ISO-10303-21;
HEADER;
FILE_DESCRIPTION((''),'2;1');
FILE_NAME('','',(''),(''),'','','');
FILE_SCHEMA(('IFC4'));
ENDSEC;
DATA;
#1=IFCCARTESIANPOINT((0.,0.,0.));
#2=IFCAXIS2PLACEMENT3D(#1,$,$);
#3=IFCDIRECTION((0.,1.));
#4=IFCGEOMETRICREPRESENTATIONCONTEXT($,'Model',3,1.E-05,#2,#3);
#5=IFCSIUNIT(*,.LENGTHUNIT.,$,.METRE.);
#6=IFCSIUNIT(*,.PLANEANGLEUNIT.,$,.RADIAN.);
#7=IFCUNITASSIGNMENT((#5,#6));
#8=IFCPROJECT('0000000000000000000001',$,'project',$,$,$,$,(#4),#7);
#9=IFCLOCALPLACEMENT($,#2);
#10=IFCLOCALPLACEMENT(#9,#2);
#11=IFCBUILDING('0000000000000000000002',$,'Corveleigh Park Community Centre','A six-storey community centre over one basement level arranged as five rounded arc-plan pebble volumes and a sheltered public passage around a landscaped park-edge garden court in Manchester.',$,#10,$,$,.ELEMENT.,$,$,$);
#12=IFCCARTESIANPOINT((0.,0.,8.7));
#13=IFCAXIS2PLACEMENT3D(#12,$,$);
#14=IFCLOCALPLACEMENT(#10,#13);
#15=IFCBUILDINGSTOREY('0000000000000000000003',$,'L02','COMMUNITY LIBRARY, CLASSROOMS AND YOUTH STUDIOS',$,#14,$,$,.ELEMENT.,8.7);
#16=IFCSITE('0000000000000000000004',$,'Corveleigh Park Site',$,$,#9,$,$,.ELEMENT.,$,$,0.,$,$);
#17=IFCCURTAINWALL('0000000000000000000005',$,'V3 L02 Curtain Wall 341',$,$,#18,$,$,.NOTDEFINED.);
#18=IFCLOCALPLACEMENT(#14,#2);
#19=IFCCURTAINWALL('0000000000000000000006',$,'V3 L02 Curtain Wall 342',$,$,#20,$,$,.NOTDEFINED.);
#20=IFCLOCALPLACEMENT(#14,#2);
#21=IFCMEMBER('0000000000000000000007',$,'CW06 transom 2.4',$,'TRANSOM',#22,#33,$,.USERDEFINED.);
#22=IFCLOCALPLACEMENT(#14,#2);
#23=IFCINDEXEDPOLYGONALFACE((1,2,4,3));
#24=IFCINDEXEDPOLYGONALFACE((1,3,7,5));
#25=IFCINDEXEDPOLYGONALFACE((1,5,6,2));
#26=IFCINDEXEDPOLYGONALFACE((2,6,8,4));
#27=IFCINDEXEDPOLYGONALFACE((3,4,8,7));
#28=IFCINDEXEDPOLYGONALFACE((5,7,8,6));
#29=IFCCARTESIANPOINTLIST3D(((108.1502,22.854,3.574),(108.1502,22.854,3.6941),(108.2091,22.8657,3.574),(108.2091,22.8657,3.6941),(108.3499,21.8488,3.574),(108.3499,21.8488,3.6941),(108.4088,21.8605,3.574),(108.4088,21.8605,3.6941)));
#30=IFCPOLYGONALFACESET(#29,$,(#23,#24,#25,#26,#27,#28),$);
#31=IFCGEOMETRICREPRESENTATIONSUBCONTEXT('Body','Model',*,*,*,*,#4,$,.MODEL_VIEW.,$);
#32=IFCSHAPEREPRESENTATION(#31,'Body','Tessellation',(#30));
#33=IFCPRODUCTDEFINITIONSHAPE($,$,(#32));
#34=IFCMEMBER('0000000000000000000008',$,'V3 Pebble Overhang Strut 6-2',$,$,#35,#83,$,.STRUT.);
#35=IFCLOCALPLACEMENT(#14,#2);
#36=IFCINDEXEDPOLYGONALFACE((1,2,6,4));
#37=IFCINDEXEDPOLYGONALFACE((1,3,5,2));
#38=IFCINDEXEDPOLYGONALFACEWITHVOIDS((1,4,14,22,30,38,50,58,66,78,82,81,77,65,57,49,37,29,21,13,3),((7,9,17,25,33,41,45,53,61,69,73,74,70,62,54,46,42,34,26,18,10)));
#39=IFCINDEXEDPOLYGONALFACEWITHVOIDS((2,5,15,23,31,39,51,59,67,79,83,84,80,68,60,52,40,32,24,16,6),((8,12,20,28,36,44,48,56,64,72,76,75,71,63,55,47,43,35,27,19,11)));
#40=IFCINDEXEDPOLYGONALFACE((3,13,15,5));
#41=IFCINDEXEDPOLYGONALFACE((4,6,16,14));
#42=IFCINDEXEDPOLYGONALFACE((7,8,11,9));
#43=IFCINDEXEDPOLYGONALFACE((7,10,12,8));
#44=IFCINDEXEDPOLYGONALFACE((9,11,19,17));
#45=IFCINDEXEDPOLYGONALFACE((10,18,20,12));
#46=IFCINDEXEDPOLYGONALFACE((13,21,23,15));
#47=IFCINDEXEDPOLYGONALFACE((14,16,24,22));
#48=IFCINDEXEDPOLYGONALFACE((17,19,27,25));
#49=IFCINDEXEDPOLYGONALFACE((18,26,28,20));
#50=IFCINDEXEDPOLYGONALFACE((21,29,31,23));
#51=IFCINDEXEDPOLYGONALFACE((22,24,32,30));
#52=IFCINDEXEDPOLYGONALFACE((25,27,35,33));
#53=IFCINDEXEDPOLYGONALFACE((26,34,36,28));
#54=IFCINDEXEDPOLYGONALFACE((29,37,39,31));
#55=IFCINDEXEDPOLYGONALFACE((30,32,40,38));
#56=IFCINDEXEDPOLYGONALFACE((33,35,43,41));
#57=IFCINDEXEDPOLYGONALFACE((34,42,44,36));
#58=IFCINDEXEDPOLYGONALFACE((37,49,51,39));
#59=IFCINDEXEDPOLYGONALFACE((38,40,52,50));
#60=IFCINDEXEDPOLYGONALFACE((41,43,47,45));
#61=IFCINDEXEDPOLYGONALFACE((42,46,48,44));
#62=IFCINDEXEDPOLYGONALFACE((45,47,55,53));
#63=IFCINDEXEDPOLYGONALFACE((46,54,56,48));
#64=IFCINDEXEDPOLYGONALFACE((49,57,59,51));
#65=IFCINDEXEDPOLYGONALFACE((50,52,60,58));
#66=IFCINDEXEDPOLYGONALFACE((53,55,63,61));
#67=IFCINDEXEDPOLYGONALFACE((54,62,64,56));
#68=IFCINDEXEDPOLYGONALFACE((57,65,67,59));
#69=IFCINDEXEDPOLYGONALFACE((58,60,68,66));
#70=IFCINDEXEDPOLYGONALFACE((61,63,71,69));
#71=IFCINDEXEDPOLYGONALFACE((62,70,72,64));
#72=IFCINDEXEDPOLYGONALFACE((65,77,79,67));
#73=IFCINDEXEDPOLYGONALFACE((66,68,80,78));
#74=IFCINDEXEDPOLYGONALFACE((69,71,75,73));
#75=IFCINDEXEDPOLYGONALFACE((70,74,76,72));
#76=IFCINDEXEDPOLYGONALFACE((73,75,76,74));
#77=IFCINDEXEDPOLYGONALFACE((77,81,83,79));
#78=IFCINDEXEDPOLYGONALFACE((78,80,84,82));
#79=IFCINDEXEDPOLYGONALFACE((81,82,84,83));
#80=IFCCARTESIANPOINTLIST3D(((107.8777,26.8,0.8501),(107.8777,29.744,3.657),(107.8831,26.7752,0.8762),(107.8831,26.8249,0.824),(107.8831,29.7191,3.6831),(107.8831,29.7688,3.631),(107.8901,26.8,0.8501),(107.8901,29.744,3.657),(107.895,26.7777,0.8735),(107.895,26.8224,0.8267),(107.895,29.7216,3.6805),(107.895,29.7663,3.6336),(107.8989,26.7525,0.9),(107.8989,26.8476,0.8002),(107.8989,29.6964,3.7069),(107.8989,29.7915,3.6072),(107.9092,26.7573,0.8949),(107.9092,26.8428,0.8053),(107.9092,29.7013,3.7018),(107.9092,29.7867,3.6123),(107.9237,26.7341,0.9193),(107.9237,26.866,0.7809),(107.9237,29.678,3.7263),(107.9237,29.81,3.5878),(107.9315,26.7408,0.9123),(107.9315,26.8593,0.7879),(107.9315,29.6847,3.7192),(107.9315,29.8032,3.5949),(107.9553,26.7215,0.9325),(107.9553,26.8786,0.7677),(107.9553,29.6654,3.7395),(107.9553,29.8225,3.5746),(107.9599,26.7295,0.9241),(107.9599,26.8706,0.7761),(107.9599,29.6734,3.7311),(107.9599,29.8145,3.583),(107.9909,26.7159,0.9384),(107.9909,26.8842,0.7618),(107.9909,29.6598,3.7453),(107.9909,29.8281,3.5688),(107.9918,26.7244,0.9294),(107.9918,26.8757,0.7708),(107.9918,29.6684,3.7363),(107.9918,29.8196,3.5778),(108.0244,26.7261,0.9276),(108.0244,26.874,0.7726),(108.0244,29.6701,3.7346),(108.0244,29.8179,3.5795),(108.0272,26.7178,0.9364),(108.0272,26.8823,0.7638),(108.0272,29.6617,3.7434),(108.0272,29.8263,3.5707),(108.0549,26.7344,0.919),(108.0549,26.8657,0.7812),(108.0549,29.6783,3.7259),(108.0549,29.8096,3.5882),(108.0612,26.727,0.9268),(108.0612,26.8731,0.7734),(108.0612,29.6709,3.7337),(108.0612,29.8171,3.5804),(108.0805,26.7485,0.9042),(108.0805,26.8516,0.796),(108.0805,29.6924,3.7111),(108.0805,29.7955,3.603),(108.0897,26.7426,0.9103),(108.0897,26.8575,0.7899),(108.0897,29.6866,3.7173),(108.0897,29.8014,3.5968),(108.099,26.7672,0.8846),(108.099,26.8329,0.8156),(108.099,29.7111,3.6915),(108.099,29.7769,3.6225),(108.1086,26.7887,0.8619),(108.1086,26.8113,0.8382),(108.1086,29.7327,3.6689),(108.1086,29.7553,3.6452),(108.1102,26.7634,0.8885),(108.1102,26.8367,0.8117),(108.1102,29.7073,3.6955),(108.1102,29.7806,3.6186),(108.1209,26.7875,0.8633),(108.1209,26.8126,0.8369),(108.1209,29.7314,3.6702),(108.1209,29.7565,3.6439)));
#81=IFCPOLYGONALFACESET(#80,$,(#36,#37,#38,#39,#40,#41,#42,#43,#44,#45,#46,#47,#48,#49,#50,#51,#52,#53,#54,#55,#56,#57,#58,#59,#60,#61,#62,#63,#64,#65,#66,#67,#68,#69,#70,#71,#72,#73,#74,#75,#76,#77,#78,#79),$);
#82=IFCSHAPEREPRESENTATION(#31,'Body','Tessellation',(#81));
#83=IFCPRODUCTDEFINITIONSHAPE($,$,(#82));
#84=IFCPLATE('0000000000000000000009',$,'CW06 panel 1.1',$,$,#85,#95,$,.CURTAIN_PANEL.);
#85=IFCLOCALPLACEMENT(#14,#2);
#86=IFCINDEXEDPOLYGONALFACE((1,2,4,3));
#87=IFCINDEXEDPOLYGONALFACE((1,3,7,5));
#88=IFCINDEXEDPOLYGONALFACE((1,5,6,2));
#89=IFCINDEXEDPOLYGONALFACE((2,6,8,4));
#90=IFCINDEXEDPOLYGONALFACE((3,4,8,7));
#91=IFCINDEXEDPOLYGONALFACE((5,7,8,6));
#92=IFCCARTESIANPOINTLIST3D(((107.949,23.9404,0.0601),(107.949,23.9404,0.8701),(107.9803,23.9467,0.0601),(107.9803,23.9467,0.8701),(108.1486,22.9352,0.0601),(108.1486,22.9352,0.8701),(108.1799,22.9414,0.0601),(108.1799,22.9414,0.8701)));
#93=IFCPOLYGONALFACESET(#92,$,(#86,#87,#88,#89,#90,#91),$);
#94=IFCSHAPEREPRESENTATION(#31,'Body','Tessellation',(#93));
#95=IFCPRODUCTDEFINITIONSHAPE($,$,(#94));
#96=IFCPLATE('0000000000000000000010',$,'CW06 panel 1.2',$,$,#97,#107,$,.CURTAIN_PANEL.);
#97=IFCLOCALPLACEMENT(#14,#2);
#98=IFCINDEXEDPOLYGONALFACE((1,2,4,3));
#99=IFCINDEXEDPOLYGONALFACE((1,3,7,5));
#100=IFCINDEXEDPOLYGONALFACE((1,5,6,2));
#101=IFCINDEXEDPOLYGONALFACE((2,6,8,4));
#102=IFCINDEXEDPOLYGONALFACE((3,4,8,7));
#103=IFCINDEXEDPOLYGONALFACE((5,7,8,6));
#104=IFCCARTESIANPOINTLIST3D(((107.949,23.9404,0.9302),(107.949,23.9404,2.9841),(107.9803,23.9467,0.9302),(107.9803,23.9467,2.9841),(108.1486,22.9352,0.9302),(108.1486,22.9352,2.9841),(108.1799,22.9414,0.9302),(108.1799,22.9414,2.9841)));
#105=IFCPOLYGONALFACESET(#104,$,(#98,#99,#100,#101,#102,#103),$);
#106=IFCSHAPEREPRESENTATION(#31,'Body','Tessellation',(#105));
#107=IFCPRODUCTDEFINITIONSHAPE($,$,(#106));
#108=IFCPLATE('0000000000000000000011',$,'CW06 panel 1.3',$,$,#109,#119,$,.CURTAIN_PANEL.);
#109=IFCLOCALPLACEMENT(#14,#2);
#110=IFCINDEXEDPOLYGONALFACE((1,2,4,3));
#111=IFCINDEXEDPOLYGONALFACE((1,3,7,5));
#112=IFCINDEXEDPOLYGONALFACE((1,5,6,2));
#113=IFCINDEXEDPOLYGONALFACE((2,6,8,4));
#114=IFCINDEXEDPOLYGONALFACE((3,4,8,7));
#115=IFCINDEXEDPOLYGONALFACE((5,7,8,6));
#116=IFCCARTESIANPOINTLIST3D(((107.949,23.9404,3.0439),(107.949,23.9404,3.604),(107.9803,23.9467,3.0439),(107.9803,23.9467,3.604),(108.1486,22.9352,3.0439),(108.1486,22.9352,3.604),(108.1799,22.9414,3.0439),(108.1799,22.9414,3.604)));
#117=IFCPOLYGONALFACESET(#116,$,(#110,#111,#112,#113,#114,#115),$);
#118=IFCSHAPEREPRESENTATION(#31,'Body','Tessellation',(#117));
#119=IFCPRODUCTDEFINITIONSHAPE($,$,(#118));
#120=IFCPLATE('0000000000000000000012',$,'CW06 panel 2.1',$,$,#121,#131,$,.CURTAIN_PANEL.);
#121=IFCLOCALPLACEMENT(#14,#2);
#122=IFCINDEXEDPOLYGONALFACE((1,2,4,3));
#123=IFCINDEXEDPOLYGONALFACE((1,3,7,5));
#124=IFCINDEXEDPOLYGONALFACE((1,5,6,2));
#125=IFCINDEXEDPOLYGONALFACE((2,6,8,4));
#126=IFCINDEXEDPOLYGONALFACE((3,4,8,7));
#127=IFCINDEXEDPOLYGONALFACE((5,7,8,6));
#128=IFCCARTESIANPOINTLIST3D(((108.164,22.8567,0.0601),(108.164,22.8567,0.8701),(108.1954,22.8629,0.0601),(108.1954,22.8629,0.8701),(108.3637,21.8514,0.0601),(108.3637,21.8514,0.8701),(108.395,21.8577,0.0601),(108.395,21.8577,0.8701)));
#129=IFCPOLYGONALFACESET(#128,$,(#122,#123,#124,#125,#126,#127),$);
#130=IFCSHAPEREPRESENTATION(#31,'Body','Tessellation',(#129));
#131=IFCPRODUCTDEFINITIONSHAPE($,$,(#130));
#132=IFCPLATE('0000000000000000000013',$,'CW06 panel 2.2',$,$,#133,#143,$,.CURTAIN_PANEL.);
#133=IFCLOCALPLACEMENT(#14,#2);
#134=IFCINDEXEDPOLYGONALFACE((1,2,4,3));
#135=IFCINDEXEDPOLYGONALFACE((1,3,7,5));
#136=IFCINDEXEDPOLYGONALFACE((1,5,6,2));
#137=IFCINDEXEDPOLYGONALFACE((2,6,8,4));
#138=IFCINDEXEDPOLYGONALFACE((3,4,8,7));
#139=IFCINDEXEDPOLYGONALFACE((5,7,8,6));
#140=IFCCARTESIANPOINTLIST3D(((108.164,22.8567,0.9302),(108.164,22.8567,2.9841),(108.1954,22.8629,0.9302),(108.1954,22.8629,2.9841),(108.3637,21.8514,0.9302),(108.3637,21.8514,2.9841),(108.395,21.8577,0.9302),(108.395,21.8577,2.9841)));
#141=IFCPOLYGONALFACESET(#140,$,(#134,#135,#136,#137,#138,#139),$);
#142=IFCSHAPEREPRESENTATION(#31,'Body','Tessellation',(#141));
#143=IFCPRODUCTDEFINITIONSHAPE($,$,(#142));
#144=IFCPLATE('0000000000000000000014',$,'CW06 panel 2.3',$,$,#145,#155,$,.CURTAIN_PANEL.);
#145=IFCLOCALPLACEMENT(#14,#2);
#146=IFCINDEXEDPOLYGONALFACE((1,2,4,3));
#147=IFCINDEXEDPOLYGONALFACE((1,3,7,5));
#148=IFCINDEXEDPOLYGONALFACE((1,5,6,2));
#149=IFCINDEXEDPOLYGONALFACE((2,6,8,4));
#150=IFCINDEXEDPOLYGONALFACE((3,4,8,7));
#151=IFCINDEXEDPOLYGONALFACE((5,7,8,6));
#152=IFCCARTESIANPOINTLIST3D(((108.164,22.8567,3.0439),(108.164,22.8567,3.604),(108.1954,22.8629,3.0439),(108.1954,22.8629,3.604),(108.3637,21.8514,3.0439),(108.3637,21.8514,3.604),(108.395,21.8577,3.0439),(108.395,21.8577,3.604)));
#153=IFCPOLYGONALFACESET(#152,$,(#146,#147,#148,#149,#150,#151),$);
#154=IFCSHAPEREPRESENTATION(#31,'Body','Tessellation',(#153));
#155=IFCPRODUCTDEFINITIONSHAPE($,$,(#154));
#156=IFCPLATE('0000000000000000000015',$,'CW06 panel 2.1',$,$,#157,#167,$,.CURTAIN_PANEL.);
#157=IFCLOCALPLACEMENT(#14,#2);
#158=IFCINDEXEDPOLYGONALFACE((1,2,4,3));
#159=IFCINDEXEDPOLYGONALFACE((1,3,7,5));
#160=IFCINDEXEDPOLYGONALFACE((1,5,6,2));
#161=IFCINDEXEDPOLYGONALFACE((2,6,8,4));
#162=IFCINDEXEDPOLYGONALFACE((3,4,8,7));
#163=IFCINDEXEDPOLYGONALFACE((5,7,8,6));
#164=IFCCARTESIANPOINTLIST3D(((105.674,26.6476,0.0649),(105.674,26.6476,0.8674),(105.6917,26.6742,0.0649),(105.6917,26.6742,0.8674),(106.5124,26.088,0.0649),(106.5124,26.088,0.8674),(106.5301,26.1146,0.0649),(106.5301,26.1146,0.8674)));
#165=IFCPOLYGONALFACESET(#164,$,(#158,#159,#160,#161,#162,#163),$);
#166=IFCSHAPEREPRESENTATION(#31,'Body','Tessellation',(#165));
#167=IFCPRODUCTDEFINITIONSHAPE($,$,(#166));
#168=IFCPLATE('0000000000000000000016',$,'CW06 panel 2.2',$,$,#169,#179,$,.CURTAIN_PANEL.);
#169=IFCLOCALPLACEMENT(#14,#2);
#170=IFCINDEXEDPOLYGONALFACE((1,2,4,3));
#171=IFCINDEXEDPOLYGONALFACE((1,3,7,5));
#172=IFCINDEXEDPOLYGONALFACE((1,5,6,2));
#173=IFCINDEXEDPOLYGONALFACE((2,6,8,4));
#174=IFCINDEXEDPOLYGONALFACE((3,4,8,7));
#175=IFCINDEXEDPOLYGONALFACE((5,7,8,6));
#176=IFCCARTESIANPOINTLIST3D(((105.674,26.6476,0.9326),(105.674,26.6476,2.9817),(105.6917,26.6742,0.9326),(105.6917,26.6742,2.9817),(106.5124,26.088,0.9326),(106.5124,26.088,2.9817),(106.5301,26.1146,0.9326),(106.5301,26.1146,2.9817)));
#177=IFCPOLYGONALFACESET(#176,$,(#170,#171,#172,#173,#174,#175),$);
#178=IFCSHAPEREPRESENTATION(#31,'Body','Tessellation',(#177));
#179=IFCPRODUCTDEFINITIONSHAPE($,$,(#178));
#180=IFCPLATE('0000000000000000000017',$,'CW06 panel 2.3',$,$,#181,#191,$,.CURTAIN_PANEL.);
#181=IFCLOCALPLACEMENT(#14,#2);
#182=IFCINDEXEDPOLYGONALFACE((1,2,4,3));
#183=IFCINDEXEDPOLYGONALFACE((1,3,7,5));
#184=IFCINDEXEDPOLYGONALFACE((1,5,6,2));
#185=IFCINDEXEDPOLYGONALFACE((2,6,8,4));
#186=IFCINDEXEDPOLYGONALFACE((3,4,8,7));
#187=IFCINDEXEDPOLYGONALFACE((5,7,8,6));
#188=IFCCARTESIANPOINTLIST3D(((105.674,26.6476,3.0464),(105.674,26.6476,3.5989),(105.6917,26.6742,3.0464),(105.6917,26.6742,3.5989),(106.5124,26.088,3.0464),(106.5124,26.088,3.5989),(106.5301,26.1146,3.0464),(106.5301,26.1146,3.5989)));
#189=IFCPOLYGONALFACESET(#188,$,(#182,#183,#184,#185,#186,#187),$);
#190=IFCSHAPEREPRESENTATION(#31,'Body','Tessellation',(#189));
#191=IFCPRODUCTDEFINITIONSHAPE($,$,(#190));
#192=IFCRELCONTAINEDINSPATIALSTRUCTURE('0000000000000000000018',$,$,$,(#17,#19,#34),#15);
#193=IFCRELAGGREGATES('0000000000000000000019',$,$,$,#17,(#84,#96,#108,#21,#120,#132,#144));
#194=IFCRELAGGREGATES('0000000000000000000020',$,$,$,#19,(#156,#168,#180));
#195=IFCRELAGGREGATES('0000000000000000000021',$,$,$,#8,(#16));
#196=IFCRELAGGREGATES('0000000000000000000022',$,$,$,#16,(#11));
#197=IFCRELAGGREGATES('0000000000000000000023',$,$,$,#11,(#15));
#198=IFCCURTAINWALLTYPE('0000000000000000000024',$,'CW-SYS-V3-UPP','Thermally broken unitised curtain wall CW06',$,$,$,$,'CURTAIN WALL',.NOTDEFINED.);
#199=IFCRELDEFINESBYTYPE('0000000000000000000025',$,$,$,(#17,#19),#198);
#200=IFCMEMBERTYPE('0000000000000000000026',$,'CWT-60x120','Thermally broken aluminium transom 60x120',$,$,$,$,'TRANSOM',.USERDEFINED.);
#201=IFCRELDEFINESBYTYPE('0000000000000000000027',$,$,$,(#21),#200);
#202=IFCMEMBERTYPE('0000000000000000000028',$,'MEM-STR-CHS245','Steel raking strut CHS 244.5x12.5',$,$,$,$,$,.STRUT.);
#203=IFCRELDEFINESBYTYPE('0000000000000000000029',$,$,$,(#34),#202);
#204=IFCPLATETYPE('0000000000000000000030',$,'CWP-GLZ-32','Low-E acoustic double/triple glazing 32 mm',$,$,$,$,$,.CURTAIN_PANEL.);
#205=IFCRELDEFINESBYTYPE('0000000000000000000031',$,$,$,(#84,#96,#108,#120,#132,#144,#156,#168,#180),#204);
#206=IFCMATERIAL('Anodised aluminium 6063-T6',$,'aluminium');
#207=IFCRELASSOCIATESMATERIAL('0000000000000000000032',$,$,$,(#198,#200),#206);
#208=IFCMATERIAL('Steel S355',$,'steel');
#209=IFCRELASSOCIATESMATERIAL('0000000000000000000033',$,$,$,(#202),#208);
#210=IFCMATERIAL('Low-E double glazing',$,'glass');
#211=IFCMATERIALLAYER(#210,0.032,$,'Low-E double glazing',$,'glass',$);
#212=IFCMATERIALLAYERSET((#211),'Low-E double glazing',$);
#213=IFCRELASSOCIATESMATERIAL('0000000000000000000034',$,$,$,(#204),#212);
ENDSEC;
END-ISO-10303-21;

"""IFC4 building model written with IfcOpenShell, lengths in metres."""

from ifc_helpers import new_model, si_unit, direction, frame, origin, origin_2d, place, context, subcontext, project, spatial, rectangle, hollow_circle, extrude, material, layer, layer_set, material_profile, profile_set, type_object, element, aggregate, save


model = new_model("IFC4")

# Units and contexts
model_context = context("Model", 3, precision=1e-05, world=origin(), true_north=direction((0.0, 1.0)))
body_context = subcontext(model_context, "Body", "Model", "MODEL_VIEW")
ifc_project = project(units=[si_unit("LENGTHUNIT", "METRE"), si_unit("PLANEANGLEUNIT", "RADIAN")], contexts=[model_context])

# Site, building, storey
site_placement = place(None, origin())
site = spatial("IfcSite", under=ifc_project, at=site_placement, Name="Corveleigh Park Site", CompositionType="ELEMENT", RefElevation=0.0)
building_placement = place(site_placement, origin())
building = spatial("IfcBuilding", under=site, at=building_placement, Name="Corveleigh Park Community Centre", Description="A six-storey community centre over one basement level arranged as five rounded arc-plan pebble volumes and a sheltered public passage around a landscaped park-edge garden court in Manchester.", CompositionType="ELEMENT")
storey_placement = place(building_placement, frame((0.0, 0.0, 8.7)))
storey = spatial("IfcBuildingStorey", under=building, at=storey_placement, Name="L02", Description="COMMUNITY LIBRARY, CLASSROOMS AND YOUTH STUDIOS", CompositionType="ELEMENT", Elevation=8.7)

# Shared definitions
ifc_material_1 = material(Name="Steel S355", Category="steel")

# Curtain wall
ifc_material_2 = material(Name="Anodised aluminium 6063-T6", Category="aluminium")
curtain_wall_type = type_object("IfcCurtainWallType", Name="CW-SYS-V3-UPP", Description="Thermally broken unitised curtain wall CW06", ElementType="CURTAIN WALL", PredefinedType="NOTDEFINED", material=ifc_material_2)
curtain_wall_1_placement = place(storey_placement, origin())
curtain_wall_1 = element("IfcCurtainWall", 1, at=curtain_wall_1_placement, inside=storey, type_object=curtain_wall_type, Name="V3 L02 Curtain Wall 341", PredefinedType="NOTDEFINED")

# Curtain wall
curtain_wall_2_placement = place(storey_placement, origin())
curtain_wall_2 = element("IfcCurtainWall", 2, at=curtain_wall_2_placement, inside=storey, type_object=curtain_wall_type, Name="V3 L02 Curtain Wall 342", PredefinedType="NOTDEFINED")

# Members
ifc_material_profile_1 = material_profile(ifc_material_2, rectangle(XDim=0.0601, YDim=0.1201, at=origin_2d()), Name="ALU-T60x120", Category="aluminium")
ifc_profile_set_1 = profile_set([ifc_material_profile_1], Name="Anodised aluminium 6063-T6")
member_type_1 = type_object("IfcMemberType", Name="CWT-60x120", Description="Thermally broken aluminium transom 60x120", ElementType="TRANSOM", PredefinedType="USERDEFINED", material=ifc_profile_set_1)
member_1_placement = place(storey_placement, frame((108.1797, 22.8599, 3.634), z_axis=(0.194833, -0.980836, 0.0), x_axis=(0.980836, 0.194833, 0.0)))
member_1 = element("IfcMember", 3, at=member_1_placement, type_object=member_type_1, Name="CW06 transom 2.4", ObjectType="TRANSOM", PredefinedType="USERDEFINED", context=body_context, shape_type="SweptSolid", body=[
    extrude(rectangle(XDim=0.0601, YDim=0.1201, at=origin_2d()), origin(), (0.0, 0.0, 1.0), 1.0249),
])
ifc_material_profile_2 = material_profile(ifc_material_1, hollow_circle(Radius=0.1223, WallThickness=0.0125, at=origin_2d()), Name="CHS 244.5x12.5", Category="steel")
ifc_profile_set_2 = profile_set([ifc_material_profile_2], Name="Steel S355")
member_type_2 = type_object("IfcMemberType", Name="MEM-STR-CHS245", Description="Steel raking strut CHS 244.5x12.5", PredefinedType="STRUT", material=ifc_profile_set_2)
member_2_placement = place(storey_placement, frame((108.0, 26.8, 0.8501), z_axis=(0.0, 0.723742, 0.69007), x_axis=(-1.0, 0.0, 0.0)))
element("IfcMember", 4, at=member_2_placement, inside=storey, type_object=member_type_2, Name="V3 Pebble Overhang Strut 6-2", PredefinedType="STRUT", context=body_context, shape_type="SweptSolid", body=[
    extrude(hollow_circle(Radius=0.1223, WallThickness=0.0125, at=origin_2d()), origin(), (0.0, 0.0, 1.0), 4.0676),
])

# Plates
ifc_material_3 = material(Name="Low-E double glazing", Category="glass")
ifc_layer_1 = layer(ifc_material_3, 0.032, Name="Low-E double glazing", Category="glass")
ifc_layer_set_1 = layer_set([ifc_layer_1], Name="Low-E double glazing")
plate_type_1 = type_object("IfcPlateType", Name="CWP-GLZ-32", Description="Low-E acoustic double/triple glazing 32 mm", PredefinedType="CURTAIN_PANEL", material=ifc_layer_set_1)
plate_1_placement = place(storey_placement, frame((108.0645, 23.4409, 0.0601), z_axis=(0.0, 0.0, 1.0), x_axis=(0.194772, -0.980848, 0.0)))
plate_1 = element("IfcPlate", 5, at=plate_1_placement, type_object=plate_type_1, Name="CW06 panel 1.1", PredefinedType="CURTAIN_PANEL", context=body_context, shape_type="SweptSolid", body=[
    extrude(rectangle(XDim=1.0249, YDim=0.032, at=origin_2d()), origin(), (0.0, 0.0, 1.0), 0.8101),
])
plate_2_placement = place(storey_placement, frame((108.0645, 23.4409, 0.9302), z_axis=(0.0, 0.0, 1.0), x_axis=(0.194772, -0.980848, 0.0)))
plate_2 = element("IfcPlate", 6, at=plate_2_placement, type_object=plate_type_1, Name="CW06 panel 1.2", PredefinedType="CURTAIN_PANEL", context=body_context, shape_type="SweptSolid", body=[
    extrude(rectangle(XDim=1.0249, YDim=0.032, at=origin_2d()), origin(), (0.0, 0.0, 1.0), 2.054),
])
plate_3_placement = place(storey_placement, frame((108.0645, 23.4409, 3.0439), z_axis=(0.0, 0.0, 1.0), x_axis=(0.194772, -0.980848, 0.0)))
plate_3 = element("IfcPlate", 7, at=plate_3_placement, type_object=plate_type_1, Name="CW06 panel 1.3", PredefinedType="CURTAIN_PANEL", context=body_context, shape_type="SweptSolid", body=[
    extrude(rectangle(XDim=1.0249, YDim=0.032, at=origin_2d()), origin(), (0.0, 0.0, 1.0), 0.5601),
])
plate_4_placement = place(storey_placement, frame((108.2795, 22.3572, 0.0601), z_axis=(0.0, 0.0, 1.0), x_axis=(0.194772, -0.980848, 0.0)))
plate_4 = element("IfcPlate", 8, at=plate_4_placement, type_object=plate_type_1, Name="CW06 panel 2.1", PredefinedType="CURTAIN_PANEL", context=body_context, shape_type="SweptSolid", body=[
    extrude(rectangle(XDim=1.0249, YDim=0.032, at=origin_2d()), origin(), (0.0, 0.0, 1.0), 0.8101),
])
plate_5_placement = place(storey_placement, frame((108.2795, 22.3572, 0.9302), z_axis=(0.0, 0.0, 1.0), x_axis=(0.194772, -0.980848, 0.0)))
plate_5 = element("IfcPlate", 9, at=plate_5_placement, type_object=plate_type_1, Name="CW06 panel 2.2", PredefinedType="CURTAIN_PANEL", context=body_context, shape_type="SweptSolid", body=[
    extrude(rectangle(XDim=1.0249, YDim=0.032, at=origin_2d()), origin(), (0.0, 0.0, 1.0), 2.054),
])
plate_6_placement = place(storey_placement, frame((108.2795, 22.3572, 3.0439), z_axis=(0.0, 0.0, 1.0), x_axis=(0.194772, -0.980848, 0.0)))
plate_6 = element("IfcPlate", 10, at=plate_6_placement, type_object=plate_type_1, Name="CW06 panel 2.3", PredefinedType="CURTAIN_PANEL", context=body_context, shape_type="SweptSolid", body=[
    extrude(rectangle(XDim=1.0249, YDim=0.032, at=origin_2d()), origin(), (0.0, 0.0, 1.0), 0.5601),
])
aggregate(curtain_wall_1, [plate_1, plate_2, plate_3, member_1, plate_4, plate_5, plate_6])
plate_7_placement = place(storey_placement, frame((106.1021, 26.3811, 0.0649), z_axis=(0.0, 0.0, 1.0), x_axis=(0.831711, -0.555208, 0.0)))
plate_7 = element("IfcPlate", 11, at=plate_7_placement, type_object=plate_type_1, Name="CW06 panel 2.1", PredefinedType="CURTAIN_PANEL", context=body_context, shape_type="SweptSolid", body=[
    extrude(rectangle(XDim=1.0081, YDim=0.032, at=origin_2d()), origin(), (0.0, 0.0, 1.0), 0.8025),
])
plate_8_placement = place(storey_placement, frame((106.1021, 26.3811, 0.9326), z_axis=(0.0, 0.0, 1.0), x_axis=(0.831711, -0.555208, 0.0)))
plate_8 = element("IfcPlate", 12, at=plate_8_placement, type_object=plate_type_1, Name="CW06 panel 2.2", PredefinedType="CURTAIN_PANEL", context=body_context, shape_type="SweptSolid", body=[
    extrude(rectangle(XDim=1.0081, YDim=0.032, at=origin_2d()), origin(), (0.0, 0.0, 1.0), 2.0491),
])
plate_9_placement = place(storey_placement, frame((106.1021, 26.3811, 3.0464), z_axis=(0.0, 0.0, 1.0), x_axis=(0.831711, -0.555208, 0.0)))
plate_9 = element("IfcPlate", 13, at=plate_9_placement, type_object=plate_type_1, Name="CW06 panel 2.3", PredefinedType="CURTAIN_PANEL", context=body_context, shape_type="SweptSolid", body=[
    extrude(rectangle(XDim=1.0081, YDim=0.032, at=origin_2d()), origin(), (0.0, 0.0, 1.0), 0.5525),
])
aggregate(curtain_wall_2, [plate_7, plate_8, plate_9])

save(model, "model.ifc")
